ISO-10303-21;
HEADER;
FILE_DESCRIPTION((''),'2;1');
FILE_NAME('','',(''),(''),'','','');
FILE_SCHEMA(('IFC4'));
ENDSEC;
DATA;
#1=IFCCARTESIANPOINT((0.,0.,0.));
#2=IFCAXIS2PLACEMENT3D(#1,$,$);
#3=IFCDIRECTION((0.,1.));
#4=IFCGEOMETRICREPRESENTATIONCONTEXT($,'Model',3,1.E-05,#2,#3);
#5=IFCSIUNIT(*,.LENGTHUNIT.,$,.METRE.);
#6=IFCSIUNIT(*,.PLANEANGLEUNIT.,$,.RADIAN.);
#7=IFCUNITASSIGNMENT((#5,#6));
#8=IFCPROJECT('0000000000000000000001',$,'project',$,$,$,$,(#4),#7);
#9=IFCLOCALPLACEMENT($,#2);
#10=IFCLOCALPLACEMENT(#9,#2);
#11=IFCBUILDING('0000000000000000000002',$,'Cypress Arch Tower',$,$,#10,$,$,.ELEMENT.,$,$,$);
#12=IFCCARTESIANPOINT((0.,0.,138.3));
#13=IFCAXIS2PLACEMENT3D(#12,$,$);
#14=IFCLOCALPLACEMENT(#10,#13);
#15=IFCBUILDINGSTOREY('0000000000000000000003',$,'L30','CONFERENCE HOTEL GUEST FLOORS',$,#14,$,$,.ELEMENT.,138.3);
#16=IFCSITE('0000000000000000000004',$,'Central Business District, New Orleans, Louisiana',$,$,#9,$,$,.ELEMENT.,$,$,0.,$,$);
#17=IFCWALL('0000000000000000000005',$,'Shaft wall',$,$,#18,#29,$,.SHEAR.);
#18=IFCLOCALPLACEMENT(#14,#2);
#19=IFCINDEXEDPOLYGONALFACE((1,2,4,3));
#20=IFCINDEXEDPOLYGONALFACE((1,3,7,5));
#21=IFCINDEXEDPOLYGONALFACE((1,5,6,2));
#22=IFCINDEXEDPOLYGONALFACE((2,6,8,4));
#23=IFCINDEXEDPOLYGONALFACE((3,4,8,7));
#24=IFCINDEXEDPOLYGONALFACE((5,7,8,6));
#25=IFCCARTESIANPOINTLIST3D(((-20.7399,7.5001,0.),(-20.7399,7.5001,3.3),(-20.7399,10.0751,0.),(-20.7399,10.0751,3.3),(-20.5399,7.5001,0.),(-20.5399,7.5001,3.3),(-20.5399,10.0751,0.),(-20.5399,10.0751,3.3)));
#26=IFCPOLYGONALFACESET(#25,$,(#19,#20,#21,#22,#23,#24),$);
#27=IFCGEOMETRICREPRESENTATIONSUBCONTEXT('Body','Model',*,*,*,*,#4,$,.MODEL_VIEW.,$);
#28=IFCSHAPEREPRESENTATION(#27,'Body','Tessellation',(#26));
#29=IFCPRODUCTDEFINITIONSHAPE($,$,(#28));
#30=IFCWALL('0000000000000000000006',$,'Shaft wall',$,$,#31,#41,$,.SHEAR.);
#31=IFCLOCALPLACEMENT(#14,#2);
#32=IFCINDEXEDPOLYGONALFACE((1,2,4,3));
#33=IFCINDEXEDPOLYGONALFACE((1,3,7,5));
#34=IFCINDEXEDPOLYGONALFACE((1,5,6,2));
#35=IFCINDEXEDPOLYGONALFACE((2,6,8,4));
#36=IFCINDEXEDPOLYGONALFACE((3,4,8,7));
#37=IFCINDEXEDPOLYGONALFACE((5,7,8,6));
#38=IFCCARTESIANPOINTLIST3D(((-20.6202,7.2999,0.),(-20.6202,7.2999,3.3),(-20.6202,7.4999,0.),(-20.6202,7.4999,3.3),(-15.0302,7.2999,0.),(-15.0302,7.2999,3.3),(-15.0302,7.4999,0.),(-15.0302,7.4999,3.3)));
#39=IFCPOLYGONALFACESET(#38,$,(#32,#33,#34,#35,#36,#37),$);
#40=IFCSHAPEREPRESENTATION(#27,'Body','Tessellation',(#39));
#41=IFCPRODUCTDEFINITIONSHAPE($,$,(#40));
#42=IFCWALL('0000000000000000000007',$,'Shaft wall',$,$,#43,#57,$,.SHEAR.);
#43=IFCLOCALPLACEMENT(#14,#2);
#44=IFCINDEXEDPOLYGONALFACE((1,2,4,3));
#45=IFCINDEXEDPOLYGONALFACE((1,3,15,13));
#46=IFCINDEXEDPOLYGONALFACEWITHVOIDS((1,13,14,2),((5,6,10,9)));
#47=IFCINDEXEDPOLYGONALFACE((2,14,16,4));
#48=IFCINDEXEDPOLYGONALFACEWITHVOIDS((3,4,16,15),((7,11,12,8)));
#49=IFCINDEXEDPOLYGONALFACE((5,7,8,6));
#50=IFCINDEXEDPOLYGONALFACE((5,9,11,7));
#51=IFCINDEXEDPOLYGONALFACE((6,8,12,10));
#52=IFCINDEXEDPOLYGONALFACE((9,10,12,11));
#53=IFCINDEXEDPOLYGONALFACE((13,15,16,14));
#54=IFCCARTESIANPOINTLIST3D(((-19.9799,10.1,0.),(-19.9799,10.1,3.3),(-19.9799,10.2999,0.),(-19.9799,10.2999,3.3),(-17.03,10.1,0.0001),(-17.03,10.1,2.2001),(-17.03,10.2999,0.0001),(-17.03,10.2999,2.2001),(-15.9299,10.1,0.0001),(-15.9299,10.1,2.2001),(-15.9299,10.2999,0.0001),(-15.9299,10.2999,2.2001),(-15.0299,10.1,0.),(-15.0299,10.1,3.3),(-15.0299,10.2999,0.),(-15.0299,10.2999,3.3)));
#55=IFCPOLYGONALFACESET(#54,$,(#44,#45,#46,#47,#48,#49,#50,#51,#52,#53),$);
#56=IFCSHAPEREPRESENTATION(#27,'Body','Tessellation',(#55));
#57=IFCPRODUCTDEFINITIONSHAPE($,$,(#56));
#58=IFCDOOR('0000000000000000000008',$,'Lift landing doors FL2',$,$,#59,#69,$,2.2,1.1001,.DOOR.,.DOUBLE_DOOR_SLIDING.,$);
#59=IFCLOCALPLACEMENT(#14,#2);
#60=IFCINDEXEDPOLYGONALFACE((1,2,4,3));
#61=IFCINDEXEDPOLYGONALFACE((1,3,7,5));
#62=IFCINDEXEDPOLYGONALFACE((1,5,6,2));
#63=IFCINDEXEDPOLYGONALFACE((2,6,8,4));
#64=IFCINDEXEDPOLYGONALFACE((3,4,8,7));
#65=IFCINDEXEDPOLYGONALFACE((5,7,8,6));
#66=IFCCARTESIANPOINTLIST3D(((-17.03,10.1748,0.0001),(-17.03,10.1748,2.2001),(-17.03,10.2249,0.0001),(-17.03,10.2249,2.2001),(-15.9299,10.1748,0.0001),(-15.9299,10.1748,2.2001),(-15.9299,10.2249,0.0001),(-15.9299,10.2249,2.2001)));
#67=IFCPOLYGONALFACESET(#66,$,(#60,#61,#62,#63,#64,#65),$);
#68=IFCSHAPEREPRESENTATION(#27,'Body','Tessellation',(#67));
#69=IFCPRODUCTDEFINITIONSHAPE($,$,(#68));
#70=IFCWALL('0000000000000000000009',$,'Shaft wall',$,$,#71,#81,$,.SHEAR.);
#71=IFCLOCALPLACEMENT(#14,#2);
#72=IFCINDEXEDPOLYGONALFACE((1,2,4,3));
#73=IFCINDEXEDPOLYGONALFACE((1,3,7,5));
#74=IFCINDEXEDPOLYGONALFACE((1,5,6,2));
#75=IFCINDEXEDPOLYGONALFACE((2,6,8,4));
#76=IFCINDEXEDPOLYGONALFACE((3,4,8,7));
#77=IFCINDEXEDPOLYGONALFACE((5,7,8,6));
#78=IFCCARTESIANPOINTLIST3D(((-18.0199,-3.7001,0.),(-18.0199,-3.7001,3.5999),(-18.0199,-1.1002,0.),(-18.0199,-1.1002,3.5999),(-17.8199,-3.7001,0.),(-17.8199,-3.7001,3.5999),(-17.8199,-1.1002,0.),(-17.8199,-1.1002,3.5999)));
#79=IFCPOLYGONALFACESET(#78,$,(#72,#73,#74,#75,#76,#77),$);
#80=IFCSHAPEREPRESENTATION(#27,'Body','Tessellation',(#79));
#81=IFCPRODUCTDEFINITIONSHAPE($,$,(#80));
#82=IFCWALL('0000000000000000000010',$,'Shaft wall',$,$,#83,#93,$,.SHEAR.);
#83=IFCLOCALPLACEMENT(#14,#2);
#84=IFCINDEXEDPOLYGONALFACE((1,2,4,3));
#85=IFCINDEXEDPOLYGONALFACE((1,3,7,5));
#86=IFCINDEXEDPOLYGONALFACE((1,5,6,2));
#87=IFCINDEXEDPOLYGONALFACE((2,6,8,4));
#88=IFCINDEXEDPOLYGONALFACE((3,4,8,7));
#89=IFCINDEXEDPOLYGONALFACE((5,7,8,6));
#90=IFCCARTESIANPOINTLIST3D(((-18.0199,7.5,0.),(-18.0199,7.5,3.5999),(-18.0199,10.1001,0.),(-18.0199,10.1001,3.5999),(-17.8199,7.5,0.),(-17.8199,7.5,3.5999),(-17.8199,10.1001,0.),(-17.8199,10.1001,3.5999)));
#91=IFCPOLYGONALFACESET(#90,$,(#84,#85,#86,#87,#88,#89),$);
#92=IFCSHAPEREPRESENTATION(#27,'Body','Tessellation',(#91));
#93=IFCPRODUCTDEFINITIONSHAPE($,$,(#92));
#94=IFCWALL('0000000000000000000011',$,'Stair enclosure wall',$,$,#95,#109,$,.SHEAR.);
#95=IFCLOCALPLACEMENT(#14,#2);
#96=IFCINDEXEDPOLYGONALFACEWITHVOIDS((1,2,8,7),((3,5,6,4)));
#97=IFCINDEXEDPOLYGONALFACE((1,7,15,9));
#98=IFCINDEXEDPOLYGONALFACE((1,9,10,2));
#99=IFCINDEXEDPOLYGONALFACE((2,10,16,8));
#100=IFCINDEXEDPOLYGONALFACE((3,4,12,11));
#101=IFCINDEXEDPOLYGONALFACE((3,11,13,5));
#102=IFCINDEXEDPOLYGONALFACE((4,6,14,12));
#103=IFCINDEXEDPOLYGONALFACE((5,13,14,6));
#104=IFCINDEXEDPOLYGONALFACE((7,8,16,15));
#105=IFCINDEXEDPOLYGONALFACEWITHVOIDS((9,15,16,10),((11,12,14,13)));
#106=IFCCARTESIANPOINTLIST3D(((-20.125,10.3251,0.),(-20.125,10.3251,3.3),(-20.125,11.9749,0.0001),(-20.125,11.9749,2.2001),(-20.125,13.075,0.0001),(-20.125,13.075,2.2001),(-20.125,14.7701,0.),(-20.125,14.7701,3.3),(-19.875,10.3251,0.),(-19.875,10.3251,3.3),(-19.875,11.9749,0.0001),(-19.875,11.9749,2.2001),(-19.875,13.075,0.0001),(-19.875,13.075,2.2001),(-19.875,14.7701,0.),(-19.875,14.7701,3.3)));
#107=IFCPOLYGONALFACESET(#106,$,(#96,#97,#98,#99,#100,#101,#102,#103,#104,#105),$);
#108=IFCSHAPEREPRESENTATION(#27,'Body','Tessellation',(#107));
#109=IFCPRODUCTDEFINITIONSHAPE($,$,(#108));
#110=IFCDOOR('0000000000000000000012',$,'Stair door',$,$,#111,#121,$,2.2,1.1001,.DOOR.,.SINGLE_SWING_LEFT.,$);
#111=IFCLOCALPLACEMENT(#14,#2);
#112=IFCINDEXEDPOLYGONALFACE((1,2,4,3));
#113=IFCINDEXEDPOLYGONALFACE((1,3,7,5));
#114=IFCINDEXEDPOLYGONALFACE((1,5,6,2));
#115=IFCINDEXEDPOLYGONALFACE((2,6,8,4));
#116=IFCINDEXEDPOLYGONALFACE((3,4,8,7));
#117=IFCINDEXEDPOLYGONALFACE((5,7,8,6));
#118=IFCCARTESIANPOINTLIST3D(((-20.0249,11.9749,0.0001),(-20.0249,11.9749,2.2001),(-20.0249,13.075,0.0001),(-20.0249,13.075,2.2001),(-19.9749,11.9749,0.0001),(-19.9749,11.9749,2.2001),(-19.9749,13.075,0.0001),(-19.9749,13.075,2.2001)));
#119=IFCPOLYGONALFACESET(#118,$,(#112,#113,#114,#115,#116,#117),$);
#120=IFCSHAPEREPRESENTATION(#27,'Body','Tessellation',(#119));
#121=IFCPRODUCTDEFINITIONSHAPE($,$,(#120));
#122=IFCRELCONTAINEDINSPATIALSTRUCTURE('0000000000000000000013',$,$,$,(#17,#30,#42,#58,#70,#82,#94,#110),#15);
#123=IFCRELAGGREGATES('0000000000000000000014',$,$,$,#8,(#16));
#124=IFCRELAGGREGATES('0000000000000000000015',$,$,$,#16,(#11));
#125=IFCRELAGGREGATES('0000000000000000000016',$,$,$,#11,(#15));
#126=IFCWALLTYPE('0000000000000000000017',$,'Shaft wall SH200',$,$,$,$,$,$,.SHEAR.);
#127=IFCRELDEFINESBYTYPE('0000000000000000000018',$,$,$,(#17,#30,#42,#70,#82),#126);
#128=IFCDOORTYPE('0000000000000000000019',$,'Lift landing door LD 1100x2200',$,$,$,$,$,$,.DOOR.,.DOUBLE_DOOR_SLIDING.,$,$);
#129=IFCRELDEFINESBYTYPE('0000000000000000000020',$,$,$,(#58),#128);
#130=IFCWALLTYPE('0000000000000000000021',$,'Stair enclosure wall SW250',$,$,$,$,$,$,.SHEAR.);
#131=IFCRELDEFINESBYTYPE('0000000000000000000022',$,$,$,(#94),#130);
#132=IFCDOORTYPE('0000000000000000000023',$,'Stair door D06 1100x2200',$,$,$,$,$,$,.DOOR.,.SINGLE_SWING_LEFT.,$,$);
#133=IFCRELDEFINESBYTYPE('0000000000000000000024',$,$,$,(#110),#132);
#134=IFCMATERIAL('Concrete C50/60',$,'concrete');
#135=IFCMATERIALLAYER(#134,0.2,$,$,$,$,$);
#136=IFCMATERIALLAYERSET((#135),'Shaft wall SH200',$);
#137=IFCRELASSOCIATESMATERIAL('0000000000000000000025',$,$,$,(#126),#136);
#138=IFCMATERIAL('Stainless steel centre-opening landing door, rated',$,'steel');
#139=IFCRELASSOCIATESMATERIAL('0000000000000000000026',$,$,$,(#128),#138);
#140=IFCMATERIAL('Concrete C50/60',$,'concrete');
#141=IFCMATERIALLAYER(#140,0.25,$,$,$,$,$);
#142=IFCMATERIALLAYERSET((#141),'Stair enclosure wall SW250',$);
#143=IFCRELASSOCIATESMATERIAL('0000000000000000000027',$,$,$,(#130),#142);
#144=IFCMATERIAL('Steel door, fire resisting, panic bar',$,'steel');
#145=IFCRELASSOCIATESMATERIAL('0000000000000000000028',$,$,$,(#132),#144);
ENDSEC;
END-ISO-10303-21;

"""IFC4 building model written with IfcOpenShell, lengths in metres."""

from ifc_helpers import new_model, si_unit, direction, frame, frame_2d, origin, place, context, subcontext, project, spatial, rectangle, extrude, material, layer, layer_set, type_object, element, fill, save


model = new_model("IFC4")

# Units and contexts
model_context = context("Model", 3, precision=1e-05, world=origin(), true_north=direction((0.0, 1.0)))
body_context = subcontext(model_context, "Body", "Model", "MODEL_VIEW")
ifc_project = project(units=[si_unit("LENGTHUNIT", "METRE"), si_unit("PLANEANGLEUNIT", "RADIAN")], contexts=[model_context])

# Site, building, storey
site_placement = place(None, origin())
site = spatial("IfcSite", under=ifc_project, at=site_placement, Name="Central Business District, New Orleans, Louisiana", CompositionType="ELEMENT", RefElevation=0.0)
building_placement = place(site_placement, origin())
building = spatial("IfcBuilding", under=site, at=building_placement, Name="Cypress Arch Tower", CompositionType="ELEMENT")
storey_placement = place(building_placement, frame((0.0, 0.0, 138.3)))
storey = spatial("IfcBuildingStorey", under=building, at=storey_placement, Name="L30", Description="CONFERENCE HOTEL GUEST FLOORS", CompositionType="ELEMENT", Elevation=138.3)

# Walls
ifc_material_1 = material(Name="Concrete C50/60", Category="concrete")
ifc_layer_1 = layer(ifc_material_1, 0.2)
ifc_layer_set_1 = layer_set([ifc_layer_1], Name="Shaft wall SH200")
wall_type_1 = type_object("IfcWallType", Name="Shaft wall SH200", PredefinedType="SHEAR", material=ifc_layer_set_1)
wall_1_placement = place(storey_placement, frame((-20.6399, 7.5, 0.0), z_axis=(0.0, 0.0, 1.0), x_axis=(0.0, 1.0, 0.0)))
element("IfcWall", 1, at=wall_1_placement, inside=storey, type_object=wall_type_1, Name="Shaft wall", PredefinedType="SHEAR", context=body_context, shape_type="SweptSolid", body=[
    extrude(rectangle(XDim=2.575, YDim=0.2, at=frame_2d((1.2876, 0.0))), origin(), (0.0, 0.0, 1.0), 3.3),
])
wall_2_placement = place(storey_placement, frame((-20.6201, 7.3999, 0.0), z_axis=(0.0, 0.0, 1.0), x_axis=(1.0, 0.0, 0.0)))
element("IfcWall", 2, at=wall_2_placement, inside=storey, type_object=wall_type_1, Name="Shaft wall", PredefinedType="SHEAR", context=body_context, shape_type="SweptSolid", body=[
    extrude(rectangle(XDim=5.5901, YDim=0.2, at=frame_2d((2.7949, 0.0))), origin(), (0.0, 0.0, 1.0), 3.3),
])

# Wall, opening, door
wall_3_placement = place(storey_placement, frame((-19.98, 10.2, 0.0), z_axis=(0.0, 0.0, 1.0), x_axis=(1.0, 0.0, 0.0)))
wall_3 = element("IfcWall", 3, at=wall_3_placement, inside=storey, type_object=wall_type_1, Name="Shaft wall", PredefinedType="SHEAR", context=body_context, shape_type="SweptSolid", body=[
    extrude(rectangle(XDim=4.95, YDim=0.2, at=frame_2d((2.4751, 0.0))), origin(), (0.0, 0.0, 1.0), 3.3),
])
opening_1_placement = place(wall_3_placement, frame((2.95, 0.0, 0.0)))
opening_1 = element("IfcOpeningElement", 4, at=opening_1_placement, cuts=wall_3, PredefinedType="OPENING", context=body_context, shape_type="SweptSolid", body=[
    extrude(rectangle(XDim=1.1001, YDim=2.2, at=frame_2d((0.55, 1.1001))), frame((0.0, 0.1099, 0.0), z_axis=(0.0, -1.0, 0.0), x_axis=(1.0, 0.0, 0.0)), (0.0, 0.0, 1.0), 0.22),
])
ifc_material_2 = material(Name="Stainless steel centre-opening landing door, rated", Category="steel")
door_type_1 = type_object("IfcDoorType", Name="Lift landing door LD 1100x2200", OperationType="DOUBLE_DOOR_SLIDING", PredefinedType="DOOR", material=ifc_material_2)
door_1_placement = place(opening_1_placement, origin())
door_1 = element("IfcDoor", 5, at=door_1_placement, inside=storey, type_object=door_type_1, Name="Lift landing doors FL2", OperationType="DOUBLE_DOOR_SLIDING", OverallHeight=2.2, OverallWidth=1.1001, PredefinedType="DOOR", context=body_context, shape_type="SweptSolid", body=[
    extrude(rectangle(XDim=1.1001, YDim=2.2, at=frame_2d((0.55, 1.1001))), frame((0.0, 0.0249, 0.0), z_axis=(0.0, -1.0, 0.0), x_axis=(1.0, 0.0, 0.0)), (0.0, 0.0, 1.0), 0.05),
])
fill(opening_1, door_1)

# Walls
wall_4_placement = place(storey_placement, frame((-17.9199, -3.7, 0.0), z_axis=(0.0, 0.0, 1.0), x_axis=(0.0, 1.0, 0.0)))
element("IfcWall", 6, at=wall_4_placement, inside=storey, type_object=wall_type_1, Name="Shaft wall", PredefinedType="SHEAR", context=body_context, shape_type="SweptSolid", body=[
    extrude(rectangle(XDim=2.5999, YDim=0.2, at=frame_2d((1.2998, 0.0))), origin(), (0.0, 0.0, 1.0), 3.5999),
])
wall_5_placement = place(storey_placement, frame((-17.9199, 7.5, 0.0), z_axis=(0.0, 0.0, 1.0), x_axis=(0.0, 1.0, 0.0)))
element("IfcWall", 7, at=wall_5_placement, inside=storey, type_object=wall_type_1, Name="Shaft wall", PredefinedType="SHEAR", context=body_context, shape_type="SweptSolid", body=[
    extrude(rectangle(XDim=2.6001, YDim=0.2, at=frame_2d((1.3, 0.0))), origin(), (0.0, 0.0, 1.0), 3.5999),
])

# Wall, opening, door
ifc_material_3 = material(Name="Concrete C50/60", Category="concrete")
ifc_layer_2 = layer(ifc_material_3, 0.25)
ifc_layer_set_2 = layer_set([ifc_layer_2], Name="Stair enclosure wall SW250")
wall_type_2 = type_object("IfcWallType", Name="Stair enclosure wall SW250", PredefinedType="SHEAR", material=ifc_layer_set_2)
wall_6_placement = place(storey_placement, frame((-20.0, 10.325, 0.0), z_axis=(0.0, 0.0, 1.0), x_axis=(0.0, 1.0, 0.0)))
wall_6 = element("IfcWall", 8, at=wall_6_placement, inside=storey, type_object=wall_type_2, Name="Stair enclosure wall", PredefinedType="SHEAR", context=body_context, shape_type="SweptSolid", body=[
    extrude(rectangle(XDim=4.4451, YDim=0.25, at=frame_2d((2.2227, 0.0))), origin(), (0.0, 0.0, 1.0), 3.3),
])
opening_2_placement = place(wall_6_placement, frame((1.6499, 0.0, 0.0)))
opening_2 = element("IfcOpeningElement", 9, at=opening_2_placement, cuts=wall_6, PredefinedType="OPENING", context=body_context, shape_type="SweptSolid", body=[
    extrude(rectangle(XDim=1.1001, YDim=2.2, at=frame_2d((0.55, 1.1001))), frame((0.0, 0.135, 0.0), z_axis=(0.0, -1.0, 0.0), x_axis=(1.0, 0.0, 0.0)), (0.0, 0.0, 1.0), 0.27),
])
ifc_material_4 = material(Name="Steel door, fire resisting, panic bar", Category="steel")
door_type_2 = type_object("IfcDoorType", Name="Stair door D06 1100x2200", OperationType="SINGLE_SWING_LEFT", PredefinedType="DOOR", material=ifc_material_4)
door_2_placement = place(opening_2_placement, origin())
door_2 = element("IfcDoor", 10, at=door_2_placement, inside=storey, type_object=door_type_2, Name="Stair door", OperationType="SINGLE_SWING_LEFT", OverallHeight=2.2, OverallWidth=1.1001, PredefinedType="DOOR", context=body_context, shape_type="SweptSolid", body=[
    extrude(rectangle(XDim=1.1001, YDim=2.2, at=frame_2d((0.55, 1.1001))), frame((0.0, 0.0249, 0.0), z_axis=(0.0, -1.0, 0.0), x_axis=(1.0, 0.0, 0.0)), (0.0, 0.0, 1.0), 0.05),
])
fill(opening_2, door_2)

save(model, "model.ifc")
